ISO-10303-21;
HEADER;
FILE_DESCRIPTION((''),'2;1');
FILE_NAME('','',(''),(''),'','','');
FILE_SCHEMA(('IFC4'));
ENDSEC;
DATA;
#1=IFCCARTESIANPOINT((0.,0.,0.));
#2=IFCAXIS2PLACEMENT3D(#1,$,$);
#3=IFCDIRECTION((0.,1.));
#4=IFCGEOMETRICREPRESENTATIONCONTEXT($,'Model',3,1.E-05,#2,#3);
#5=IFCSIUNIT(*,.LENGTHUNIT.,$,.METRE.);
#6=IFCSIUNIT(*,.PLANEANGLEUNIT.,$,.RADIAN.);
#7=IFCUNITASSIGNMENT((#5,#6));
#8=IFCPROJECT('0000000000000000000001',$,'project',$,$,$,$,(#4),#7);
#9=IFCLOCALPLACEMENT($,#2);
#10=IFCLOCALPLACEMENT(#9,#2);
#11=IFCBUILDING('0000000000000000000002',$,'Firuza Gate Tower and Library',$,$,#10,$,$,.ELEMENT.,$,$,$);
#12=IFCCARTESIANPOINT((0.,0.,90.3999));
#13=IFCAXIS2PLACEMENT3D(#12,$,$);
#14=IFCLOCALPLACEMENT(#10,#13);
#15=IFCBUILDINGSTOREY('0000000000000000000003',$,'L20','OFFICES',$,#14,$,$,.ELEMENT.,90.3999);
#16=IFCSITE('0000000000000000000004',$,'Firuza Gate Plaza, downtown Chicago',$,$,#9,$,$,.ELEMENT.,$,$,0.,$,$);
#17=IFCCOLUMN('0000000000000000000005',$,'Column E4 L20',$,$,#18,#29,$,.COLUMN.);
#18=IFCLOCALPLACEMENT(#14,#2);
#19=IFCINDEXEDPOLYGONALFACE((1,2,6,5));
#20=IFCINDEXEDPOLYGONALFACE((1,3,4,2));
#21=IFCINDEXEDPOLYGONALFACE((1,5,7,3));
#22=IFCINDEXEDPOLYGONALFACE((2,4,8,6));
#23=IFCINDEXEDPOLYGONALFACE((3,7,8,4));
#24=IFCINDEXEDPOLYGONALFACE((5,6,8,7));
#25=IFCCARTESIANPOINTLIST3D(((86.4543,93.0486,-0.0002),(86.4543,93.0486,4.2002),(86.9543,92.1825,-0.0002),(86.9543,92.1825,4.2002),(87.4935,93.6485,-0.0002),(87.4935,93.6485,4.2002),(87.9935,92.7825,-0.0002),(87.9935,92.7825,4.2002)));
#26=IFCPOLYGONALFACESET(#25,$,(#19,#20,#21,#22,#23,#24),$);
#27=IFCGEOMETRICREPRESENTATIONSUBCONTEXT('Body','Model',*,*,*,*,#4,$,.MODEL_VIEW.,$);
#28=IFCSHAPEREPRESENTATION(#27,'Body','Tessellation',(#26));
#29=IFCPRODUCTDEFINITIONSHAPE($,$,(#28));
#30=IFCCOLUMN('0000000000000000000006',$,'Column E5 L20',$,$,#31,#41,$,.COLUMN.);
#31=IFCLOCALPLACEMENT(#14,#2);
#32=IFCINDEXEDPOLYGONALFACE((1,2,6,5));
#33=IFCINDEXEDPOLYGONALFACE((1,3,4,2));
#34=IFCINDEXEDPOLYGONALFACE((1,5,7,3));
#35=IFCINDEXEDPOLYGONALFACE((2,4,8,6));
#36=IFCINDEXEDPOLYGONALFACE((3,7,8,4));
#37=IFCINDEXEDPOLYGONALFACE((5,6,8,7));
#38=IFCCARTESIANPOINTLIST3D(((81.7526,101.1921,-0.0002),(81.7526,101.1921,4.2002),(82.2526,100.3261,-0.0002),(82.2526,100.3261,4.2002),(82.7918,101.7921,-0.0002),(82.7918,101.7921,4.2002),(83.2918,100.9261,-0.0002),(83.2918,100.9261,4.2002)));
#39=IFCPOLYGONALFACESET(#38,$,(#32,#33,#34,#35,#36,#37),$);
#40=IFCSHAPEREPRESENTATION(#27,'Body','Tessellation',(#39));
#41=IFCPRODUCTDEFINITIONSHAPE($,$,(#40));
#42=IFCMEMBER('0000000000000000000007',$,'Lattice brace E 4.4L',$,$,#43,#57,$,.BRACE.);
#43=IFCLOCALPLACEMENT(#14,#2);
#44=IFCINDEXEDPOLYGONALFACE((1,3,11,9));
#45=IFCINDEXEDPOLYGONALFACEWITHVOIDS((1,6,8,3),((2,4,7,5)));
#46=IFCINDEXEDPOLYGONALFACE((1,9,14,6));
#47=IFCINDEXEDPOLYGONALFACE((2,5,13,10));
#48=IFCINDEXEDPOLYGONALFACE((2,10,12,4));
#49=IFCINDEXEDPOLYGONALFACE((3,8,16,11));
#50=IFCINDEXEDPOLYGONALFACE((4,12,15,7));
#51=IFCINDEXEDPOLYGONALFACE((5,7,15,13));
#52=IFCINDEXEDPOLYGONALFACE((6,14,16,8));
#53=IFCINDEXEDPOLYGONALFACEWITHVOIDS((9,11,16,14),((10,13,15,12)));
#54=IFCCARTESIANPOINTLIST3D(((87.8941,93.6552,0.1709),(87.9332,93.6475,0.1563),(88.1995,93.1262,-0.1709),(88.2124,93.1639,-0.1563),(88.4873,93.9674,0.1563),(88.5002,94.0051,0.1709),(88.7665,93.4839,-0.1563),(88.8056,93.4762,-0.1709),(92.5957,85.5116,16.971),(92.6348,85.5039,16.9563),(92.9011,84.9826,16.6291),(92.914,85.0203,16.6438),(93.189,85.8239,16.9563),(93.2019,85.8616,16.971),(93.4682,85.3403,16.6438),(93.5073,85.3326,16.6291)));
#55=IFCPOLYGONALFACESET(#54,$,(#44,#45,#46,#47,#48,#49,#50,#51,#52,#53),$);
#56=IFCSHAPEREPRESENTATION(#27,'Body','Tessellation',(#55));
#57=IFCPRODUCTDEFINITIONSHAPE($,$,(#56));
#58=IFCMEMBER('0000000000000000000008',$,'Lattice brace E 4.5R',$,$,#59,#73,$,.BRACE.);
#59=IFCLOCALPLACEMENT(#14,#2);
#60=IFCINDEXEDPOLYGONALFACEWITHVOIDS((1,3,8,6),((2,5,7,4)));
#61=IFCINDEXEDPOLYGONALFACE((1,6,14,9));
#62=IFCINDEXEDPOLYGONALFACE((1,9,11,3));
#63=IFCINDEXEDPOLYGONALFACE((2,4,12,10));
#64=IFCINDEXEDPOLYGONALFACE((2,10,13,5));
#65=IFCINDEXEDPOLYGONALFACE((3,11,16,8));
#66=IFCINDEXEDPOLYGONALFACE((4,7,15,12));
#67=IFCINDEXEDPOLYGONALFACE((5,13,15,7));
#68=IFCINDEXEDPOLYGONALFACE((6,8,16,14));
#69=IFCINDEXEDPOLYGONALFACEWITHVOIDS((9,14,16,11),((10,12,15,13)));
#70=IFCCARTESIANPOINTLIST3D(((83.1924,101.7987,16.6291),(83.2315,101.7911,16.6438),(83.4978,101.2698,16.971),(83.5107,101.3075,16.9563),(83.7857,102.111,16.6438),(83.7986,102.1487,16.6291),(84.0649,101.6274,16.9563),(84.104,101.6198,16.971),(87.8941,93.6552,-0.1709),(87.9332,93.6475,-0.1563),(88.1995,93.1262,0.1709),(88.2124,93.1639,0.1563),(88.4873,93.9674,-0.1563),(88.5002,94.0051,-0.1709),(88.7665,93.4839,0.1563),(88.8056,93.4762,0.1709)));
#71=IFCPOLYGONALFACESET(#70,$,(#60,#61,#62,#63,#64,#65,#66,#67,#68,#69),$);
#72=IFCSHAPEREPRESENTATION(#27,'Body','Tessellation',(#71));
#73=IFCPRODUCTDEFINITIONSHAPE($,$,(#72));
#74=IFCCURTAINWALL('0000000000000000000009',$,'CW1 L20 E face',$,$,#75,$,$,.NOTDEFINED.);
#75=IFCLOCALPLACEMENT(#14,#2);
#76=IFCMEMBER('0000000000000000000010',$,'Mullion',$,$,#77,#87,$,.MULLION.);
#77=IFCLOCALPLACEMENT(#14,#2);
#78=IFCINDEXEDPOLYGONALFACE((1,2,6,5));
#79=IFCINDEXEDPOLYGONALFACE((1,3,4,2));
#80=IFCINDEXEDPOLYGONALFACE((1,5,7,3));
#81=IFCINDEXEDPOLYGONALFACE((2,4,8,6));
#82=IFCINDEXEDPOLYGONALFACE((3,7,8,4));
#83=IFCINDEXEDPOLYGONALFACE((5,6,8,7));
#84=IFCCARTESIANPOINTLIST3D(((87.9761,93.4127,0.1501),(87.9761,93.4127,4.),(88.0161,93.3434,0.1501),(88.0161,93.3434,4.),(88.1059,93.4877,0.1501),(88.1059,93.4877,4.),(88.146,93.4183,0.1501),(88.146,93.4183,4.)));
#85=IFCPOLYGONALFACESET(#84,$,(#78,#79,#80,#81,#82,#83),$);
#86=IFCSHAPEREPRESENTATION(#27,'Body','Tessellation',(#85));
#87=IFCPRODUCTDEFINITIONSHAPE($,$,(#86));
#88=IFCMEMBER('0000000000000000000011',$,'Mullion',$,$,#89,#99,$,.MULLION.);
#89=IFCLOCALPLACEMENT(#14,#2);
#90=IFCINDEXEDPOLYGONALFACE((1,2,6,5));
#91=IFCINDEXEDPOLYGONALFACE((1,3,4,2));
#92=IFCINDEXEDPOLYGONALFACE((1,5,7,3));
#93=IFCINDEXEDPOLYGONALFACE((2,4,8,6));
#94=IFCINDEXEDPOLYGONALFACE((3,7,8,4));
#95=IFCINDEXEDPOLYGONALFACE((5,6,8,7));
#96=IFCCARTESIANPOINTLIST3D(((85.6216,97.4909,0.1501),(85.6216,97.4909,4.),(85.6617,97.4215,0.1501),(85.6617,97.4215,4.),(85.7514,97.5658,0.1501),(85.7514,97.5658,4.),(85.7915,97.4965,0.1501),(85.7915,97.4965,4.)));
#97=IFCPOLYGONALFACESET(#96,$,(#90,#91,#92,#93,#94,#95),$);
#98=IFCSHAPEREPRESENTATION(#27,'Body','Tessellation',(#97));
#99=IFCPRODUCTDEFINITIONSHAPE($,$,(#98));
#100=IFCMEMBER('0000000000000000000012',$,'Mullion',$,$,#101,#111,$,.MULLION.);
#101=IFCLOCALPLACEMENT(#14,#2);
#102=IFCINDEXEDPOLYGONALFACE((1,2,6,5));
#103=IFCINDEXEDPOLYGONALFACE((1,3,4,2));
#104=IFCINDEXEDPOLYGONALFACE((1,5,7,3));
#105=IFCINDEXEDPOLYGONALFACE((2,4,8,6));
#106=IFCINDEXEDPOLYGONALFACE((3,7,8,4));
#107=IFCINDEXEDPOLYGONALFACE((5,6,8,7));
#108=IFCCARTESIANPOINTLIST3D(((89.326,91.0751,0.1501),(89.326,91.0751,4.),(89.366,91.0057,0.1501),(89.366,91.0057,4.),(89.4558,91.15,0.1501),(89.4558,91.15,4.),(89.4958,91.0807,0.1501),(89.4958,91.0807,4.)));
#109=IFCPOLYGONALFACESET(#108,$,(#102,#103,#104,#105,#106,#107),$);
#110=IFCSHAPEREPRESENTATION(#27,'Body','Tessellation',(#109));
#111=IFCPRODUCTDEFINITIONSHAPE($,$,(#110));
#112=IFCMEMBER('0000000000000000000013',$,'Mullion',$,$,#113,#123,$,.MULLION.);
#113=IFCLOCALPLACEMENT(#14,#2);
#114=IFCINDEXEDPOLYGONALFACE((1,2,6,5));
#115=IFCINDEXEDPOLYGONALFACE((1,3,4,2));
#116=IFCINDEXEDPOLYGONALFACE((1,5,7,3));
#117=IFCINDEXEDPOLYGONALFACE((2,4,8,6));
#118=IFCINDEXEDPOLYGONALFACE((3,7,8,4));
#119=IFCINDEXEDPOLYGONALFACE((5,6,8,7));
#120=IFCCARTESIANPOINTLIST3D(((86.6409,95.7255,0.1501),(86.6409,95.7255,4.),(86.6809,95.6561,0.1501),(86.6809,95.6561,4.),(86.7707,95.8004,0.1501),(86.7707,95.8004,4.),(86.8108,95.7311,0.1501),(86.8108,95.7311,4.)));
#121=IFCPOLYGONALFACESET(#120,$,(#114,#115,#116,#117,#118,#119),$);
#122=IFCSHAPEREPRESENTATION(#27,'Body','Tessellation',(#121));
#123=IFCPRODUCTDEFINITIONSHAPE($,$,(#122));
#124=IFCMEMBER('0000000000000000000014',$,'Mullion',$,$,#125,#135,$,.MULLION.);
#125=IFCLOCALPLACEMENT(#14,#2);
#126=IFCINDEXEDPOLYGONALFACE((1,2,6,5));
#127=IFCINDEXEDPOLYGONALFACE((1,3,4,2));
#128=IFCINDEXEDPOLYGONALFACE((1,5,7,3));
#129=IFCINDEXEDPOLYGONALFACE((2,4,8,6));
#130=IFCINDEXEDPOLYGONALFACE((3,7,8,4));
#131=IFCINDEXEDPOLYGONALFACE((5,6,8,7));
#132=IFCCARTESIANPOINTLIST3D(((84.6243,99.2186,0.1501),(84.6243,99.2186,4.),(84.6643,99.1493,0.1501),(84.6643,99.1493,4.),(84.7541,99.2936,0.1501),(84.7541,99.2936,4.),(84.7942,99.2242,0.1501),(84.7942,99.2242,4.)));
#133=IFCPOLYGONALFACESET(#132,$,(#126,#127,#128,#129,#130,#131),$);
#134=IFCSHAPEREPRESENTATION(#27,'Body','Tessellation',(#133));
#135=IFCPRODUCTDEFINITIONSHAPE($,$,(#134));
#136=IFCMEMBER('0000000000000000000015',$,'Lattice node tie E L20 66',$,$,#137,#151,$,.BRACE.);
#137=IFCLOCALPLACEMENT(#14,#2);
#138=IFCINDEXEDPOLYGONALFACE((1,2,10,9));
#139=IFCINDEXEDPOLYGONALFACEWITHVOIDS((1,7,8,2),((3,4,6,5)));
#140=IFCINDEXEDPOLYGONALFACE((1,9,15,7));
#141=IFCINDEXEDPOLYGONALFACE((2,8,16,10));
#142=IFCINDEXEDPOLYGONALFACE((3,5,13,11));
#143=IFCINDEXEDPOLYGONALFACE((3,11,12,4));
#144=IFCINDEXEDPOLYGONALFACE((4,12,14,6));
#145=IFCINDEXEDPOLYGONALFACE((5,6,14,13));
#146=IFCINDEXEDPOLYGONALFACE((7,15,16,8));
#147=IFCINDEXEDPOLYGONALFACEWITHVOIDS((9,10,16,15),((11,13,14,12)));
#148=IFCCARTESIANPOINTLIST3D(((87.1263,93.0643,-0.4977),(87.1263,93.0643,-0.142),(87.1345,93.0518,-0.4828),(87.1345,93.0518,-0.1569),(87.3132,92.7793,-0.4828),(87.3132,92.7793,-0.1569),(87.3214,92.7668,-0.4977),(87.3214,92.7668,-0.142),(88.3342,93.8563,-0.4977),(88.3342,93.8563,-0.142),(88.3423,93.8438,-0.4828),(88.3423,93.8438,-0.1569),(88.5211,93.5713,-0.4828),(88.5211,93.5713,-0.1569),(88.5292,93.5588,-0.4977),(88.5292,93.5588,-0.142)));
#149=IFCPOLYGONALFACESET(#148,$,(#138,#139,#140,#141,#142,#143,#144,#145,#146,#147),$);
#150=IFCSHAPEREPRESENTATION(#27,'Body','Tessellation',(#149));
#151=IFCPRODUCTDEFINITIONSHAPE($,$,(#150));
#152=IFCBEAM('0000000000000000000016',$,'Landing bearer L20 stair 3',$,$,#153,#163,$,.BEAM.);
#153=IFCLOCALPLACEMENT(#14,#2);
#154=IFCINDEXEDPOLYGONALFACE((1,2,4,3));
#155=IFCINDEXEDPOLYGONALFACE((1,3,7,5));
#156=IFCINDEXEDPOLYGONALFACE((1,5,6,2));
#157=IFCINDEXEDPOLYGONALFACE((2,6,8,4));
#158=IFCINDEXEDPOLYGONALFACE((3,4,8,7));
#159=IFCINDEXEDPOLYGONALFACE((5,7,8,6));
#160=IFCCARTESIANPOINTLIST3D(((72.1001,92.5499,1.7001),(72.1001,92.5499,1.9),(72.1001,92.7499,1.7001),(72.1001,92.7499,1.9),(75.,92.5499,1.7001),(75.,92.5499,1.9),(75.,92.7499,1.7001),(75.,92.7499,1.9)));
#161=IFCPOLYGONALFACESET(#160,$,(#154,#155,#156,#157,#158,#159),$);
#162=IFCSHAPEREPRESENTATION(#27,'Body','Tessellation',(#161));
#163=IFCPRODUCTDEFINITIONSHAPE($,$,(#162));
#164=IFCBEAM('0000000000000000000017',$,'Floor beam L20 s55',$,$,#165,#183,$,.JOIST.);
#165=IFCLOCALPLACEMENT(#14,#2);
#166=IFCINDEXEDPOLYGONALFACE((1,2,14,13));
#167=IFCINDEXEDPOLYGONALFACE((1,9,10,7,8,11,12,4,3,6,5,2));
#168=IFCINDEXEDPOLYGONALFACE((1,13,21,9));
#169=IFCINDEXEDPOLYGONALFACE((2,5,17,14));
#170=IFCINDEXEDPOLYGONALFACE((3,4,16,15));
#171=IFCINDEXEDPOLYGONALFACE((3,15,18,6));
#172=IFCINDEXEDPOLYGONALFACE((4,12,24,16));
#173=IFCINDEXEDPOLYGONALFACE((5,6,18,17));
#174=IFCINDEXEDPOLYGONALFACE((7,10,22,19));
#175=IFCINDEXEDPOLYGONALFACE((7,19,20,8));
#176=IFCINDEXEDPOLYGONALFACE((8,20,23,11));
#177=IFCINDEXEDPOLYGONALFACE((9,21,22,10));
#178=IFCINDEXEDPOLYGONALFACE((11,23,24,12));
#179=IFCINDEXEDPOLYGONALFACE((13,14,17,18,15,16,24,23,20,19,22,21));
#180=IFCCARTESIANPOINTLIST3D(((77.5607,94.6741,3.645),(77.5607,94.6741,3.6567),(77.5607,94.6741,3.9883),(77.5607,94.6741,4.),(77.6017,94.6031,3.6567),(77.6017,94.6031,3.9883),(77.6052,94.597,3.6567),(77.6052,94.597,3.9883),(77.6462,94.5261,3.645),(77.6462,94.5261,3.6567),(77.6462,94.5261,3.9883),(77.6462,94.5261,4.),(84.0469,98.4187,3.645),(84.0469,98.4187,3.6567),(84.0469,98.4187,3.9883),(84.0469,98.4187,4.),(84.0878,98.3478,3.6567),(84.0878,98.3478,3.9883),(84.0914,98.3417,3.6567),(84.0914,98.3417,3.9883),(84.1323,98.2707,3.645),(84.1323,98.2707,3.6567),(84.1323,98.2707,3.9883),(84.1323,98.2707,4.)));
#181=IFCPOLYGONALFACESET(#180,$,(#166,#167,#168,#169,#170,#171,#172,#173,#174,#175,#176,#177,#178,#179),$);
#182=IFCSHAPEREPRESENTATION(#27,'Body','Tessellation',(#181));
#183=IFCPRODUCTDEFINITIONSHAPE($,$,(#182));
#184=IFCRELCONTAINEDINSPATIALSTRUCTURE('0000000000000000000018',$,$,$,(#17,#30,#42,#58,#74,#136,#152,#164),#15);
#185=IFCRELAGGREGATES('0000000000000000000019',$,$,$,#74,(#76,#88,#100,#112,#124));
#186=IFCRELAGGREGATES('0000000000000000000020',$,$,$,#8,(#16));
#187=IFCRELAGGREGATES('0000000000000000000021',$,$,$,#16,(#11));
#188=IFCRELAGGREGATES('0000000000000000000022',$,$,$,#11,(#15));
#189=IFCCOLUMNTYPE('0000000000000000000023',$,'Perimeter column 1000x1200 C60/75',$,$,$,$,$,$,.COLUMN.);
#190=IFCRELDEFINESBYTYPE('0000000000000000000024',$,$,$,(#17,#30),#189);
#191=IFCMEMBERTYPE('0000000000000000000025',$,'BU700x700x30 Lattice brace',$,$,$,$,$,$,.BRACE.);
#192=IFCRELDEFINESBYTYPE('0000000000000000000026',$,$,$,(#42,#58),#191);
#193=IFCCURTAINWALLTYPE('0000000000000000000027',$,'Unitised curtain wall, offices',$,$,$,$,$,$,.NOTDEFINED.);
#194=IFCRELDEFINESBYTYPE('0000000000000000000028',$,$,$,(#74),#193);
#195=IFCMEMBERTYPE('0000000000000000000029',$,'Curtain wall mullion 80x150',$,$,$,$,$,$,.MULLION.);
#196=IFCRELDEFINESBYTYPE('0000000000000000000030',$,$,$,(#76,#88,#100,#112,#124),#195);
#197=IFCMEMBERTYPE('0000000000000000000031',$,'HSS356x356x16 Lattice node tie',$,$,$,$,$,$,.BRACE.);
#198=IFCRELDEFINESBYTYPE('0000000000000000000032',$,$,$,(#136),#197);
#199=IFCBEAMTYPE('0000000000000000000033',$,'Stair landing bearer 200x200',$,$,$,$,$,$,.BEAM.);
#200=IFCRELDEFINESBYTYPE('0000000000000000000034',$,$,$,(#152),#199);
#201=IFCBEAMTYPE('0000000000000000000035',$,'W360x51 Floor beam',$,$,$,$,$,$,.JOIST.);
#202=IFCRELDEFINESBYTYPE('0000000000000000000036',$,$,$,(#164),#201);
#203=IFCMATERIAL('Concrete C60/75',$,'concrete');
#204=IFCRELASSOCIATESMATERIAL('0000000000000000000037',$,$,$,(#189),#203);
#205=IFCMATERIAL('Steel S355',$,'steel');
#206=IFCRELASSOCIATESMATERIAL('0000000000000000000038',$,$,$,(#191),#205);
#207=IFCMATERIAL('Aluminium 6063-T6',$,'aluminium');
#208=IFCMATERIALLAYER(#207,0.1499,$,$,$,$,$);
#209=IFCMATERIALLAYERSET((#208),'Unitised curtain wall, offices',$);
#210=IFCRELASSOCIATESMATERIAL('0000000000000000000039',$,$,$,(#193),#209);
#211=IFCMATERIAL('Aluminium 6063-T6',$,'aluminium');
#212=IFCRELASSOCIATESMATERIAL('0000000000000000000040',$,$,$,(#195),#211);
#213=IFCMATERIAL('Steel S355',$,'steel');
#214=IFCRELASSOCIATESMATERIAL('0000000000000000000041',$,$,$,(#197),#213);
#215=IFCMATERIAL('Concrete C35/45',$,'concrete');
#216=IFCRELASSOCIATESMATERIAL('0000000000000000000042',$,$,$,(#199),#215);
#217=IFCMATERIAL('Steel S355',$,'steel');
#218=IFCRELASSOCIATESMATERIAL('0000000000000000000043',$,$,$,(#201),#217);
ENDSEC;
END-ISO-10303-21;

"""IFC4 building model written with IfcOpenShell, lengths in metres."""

from ifc_helpers import new_model, si_unit, direction, frame, origin, origin_2d, place, context, subcontext, project, spatial, rectangle, hollow_rectangle, i_section, extrude, material, layer, layer_set, material_profile, profile_set, type_object, element, aggregate, save


model = new_model("IFC4")

# Units and contexts
model_context = context("Model", 3, precision=1e-05, world=origin(), true_north=direction((0.0, 1.0)))
body_context = subcontext(model_context, "Body", "Model", "MODEL_VIEW")
ifc_project = project(units=[si_unit("LENGTHUNIT", "METRE"), si_unit("PLANEANGLEUNIT", "RADIAN")], contexts=[model_context])

# Site, building, storey
site_placement = place(None, origin())
site = spatial("IfcSite", under=ifc_project, at=site_placement, Name="Firuza Gate Plaza, downtown Chicago", CompositionType="ELEMENT", RefElevation=0.0)
building_placement = place(site_placement, origin())
building = spatial("IfcBuilding", under=site, at=building_placement, Name="Firuza Gate Tower and Library", CompositionType="ELEMENT")
storey_placement = place(building_placement, frame((0.0, 0.0, 90.3999)))
storey = spatial("IfcBuildingStorey", under=building, at=storey_placement, Name="L20", Description="OFFICES", CompositionType="ELEMENT", Elevation=90.3999)

# Columns
ifc_material_1 = material(Name="Concrete C60/75", Category="concrete")
ifc_material_profile_1 = material_profile(ifc_material_1, rectangle(XDim=1.0, YDim=1.2, at=origin_2d()))
ifc_profile_set_1 = profile_set([ifc_material_profile_1], Name="Concrete C60/75")
column_type = type_object("IfcColumnType", Name="Perimeter column 1000x1200 C60/75", PredefinedType="COLUMN", material=ifc_profile_set_1)
for number, where, z_axis, x_axis, name in (
    (1, (87.2239, 92.9155, -0.0002), (0.0, 0.0, 1.0), (-0.5, 0.866025, 0.0), "Column E4 L20"),
    (2, (82.5222, 101.0591, -0.0002), (0.0, 0.0, 1.0), (-0.5, 0.866025, 0.0), "Column E5 L20"),
):
    element("IfcColumn", number, at=place(storey_placement, frame(where, z_axis=z_axis, x_axis=x_axis)), inside=storey, type_object=column_type, Name=name, PredefinedType="COLUMN", context=body_context, shape_type="SweptSolid", body=[
        extrude(rectangle(XDim=1.0, YDim=1.2, at=origin_2d()), origin(), (0.0, 0.0, 1.0), 4.2004),
    ])

# Members
ifc_material_2 = material(Name="Steel S355", Category="steel")
ifc_material_profile_2 = material_profile(ifc_material_2, hollow_rectangle(XDim=0.7, YDim=0.7, WallThickness=0.03, at=origin_2d()))
ifc_profile_set_2 = profile_set([ifc_material_profile_2], Name="Steel S355")
member_type_1 = type_object("IfcMemberType", Name="BU700x700x30 Lattice brace", PredefinedType="BRACE", material=ifc_profile_set_2)
for number, where, z_axis, x_axis, name in (
    (3, (88.3499, 93.5657, 0.0), (0.244208, -0.422983, 0.872609), (0.866026, 0.499998, 0.0), "Lattice brace E 4.4L"),
    (4, (88.3499, 93.5657, 0.0), (-0.244208, 0.422983, 0.872609), (-0.866026, -0.499998, 0.0), "Lattice brace E 4.5R"),
):
    element("IfcMember", number, at=place(storey_placement, frame(where, z_axis=z_axis, x_axis=x_axis)), inside=storey, type_object=member_type_1, Name=name, PredefinedType="BRACE", context=body_context, shape_type="SweptSolid", body=[
        extrude(hollow_rectangle(XDim=0.7, YDim=0.7, WallThickness=0.03, at=origin_2d()), origin(), (0.0, 0.0, 1.0), 19.2527),
    ])

# Curtain wall, members
ifc_material_3 = material(Name="Aluminium 6063-T6", Category="aluminium")
ifc_layer_1 = layer(ifc_material_3, 0.1499)
ifc_layer_set_1 = layer_set([ifc_layer_1], Name="Unitised curtain wall, offices")
curtain_wall_type = type_object("IfcCurtainWallType", Name="Unitised curtain wall, offices", PredefinedType="NOTDEFINED", material=ifc_layer_set_1)
placement = place(storey_placement, origin())
curtain_wall = element("IfcCurtainWall", 5, at=placement, inside=storey, type_object=curtain_wall_type, Name="CW1 L20 E face", PredefinedType="NOTDEFINED")
ifc_material_4 = material(Name="Aluminium 6063-T6", Category="aluminium")
ifc_material_profile_3 = material_profile(ifc_material_4, rectangle(XDim=0.1499, YDim=0.0801, at=origin_2d()))
ifc_profile_set_3 = profile_set([ifc_material_profile_3], Name="Aluminium 6063-T6")
member_type_2 = type_object("IfcMemberType", Name="Curtain wall mullion 80x150", PredefinedType="MULLION", material=ifc_profile_set_3)
member_1_placement = place(storey_placement, frame((88.061, 93.4155, 0.1501), z_axis=(0.0, 0.0, 1.0), x_axis=(-0.866025, -0.5, 0.0)))
member_1 = element("IfcMember", 6, at=member_1_placement, type_object=member_type_2, Name="Mullion", PredefinedType="MULLION", context=body_context, shape_type="SweptSolid", body=[
    extrude(rectangle(XDim=0.1499, YDim=0.0801, at=origin_2d()), origin(), (0.0, 0.0, 1.0), 3.8499),
])
member_2_placement = place(storey_placement, frame((85.7065, 97.4937, 0.1501), z_axis=(0.0, 0.0, 1.0), x_axis=(-0.866025, -0.5, 0.0)))
member_2 = element("IfcMember", 7, at=member_2_placement, type_object=member_type_2, Name="Mullion", PredefinedType="MULLION", context=body_context, shape_type="SweptSolid", body=[
    extrude(rectangle(XDim=0.1499, YDim=0.0801, at=origin_2d()), origin(), (0.0, 0.0, 1.0), 3.8499),
])
member_3_placement = place(storey_placement, frame((89.4109, 91.0779, 0.1501), z_axis=(0.0, 0.0, 1.0), x_axis=(-0.866025, -0.5, 0.0)))
member_3 = element("IfcMember", 8, at=member_3_placement, type_object=member_type_2, Name="Mullion", PredefinedType="MULLION", context=body_context, shape_type="SweptSolid", body=[
    extrude(rectangle(XDim=0.1499, YDim=0.0801, at=origin_2d()), origin(), (0.0, 0.0, 1.0), 3.8499),
])
member_4_placement = place(storey_placement, frame((86.7258, 95.7283, 0.1501), z_axis=(0.0, 0.0, 1.0), x_axis=(-0.866025, -0.5, 0.0)))
member_4 = element("IfcMember", 9, at=member_4_placement, type_object=member_type_2, Name="Mullion", PredefinedType="MULLION", context=body_context, shape_type="SweptSolid", body=[
    extrude(rectangle(XDim=0.1499, YDim=0.0801, at=origin_2d()), origin(), (0.0, 0.0, 1.0), 3.8499),
])
member_5_placement = place(storey_placement, frame((84.7092, 99.2214, 0.1501), z_axis=(0.0, 0.0, 1.0), x_axis=(-0.866025, -0.5, 0.0)))
member_5 = element("IfcMember", 10, at=member_5_placement, type_object=member_type_2, Name="Mullion", PredefinedType="MULLION", context=body_context, shape_type="SweptSolid", body=[
    extrude(rectangle(XDim=0.1499, YDim=0.0801, at=origin_2d()), origin(), (0.0, 0.0, 1.0), 3.8499),
])

# Member
ifc_material_5 = material(Name="Steel S355", Category="steel")
ifc_material_profile_4 = material_profile(ifc_material_5, hollow_rectangle(XDim=0.3557, YDim=0.3557, WallThickness=0.0149, at=origin_2d()))
ifc_profile_set_4 = profile_set([ifc_material_profile_4], Name="Steel S355")
member_type_3 = type_object("IfcMemberType", Name="HSS356x356x16 Lattice node tie", PredefinedType="BRACE", material=ifc_profile_set_4)
member_6_placement = place(storey_placement, frame((87.2239, 92.9155, -0.3198), z_axis=(0.836239, 0.548365, 0.0), x_axis=(-0.548365, 0.836239, 0.0)))
element("IfcMember", 11, at=member_6_placement, inside=storey, type_object=member_type_3, Name="Lattice node tie E L20 66", PredefinedType="BRACE", context=body_context, shape_type="SweptSolid", body=[
    extrude(hollow_rectangle(XDim=0.3557, YDim=0.3557, WallThickness=0.0149, at=origin_2d()), origin(), (0.0, 0.0, 1.0), 1.4443),
])

# Beams
ifc_material_6 = material(Name="Concrete C35/45", Category="concrete")
ifc_material_profile_5 = material_profile(ifc_material_6, rectangle(XDim=0.2, YDim=0.2, at=origin_2d()))
ifc_profile_set_5 = profile_set([ifc_material_profile_5], Name="Concrete C35/45")
beam_type_1 = type_object("IfcBeamType", Name="Stair landing bearer 200x200", PredefinedType="BEAM", material=ifc_profile_set_5)
beam_1_placement = place(storey_placement, frame((75.0, 92.6499, 1.8), z_axis=(-1.0, 0.0, 0.0), x_axis=(0.0, -1.0, 0.0)))
element("IfcBeam", 12, at=beam_1_placement, inside=storey, type_object=beam_type_1, Name="Landing bearer L20 stair 3", PredefinedType="BEAM", context=body_context, shape_type="SweptSolid", body=[
    extrude(rectangle(XDim=0.2, YDim=0.2, at=origin_2d()), origin(), (0.0, 0.0, 1.0), 2.8999),
])
ifc_material_7 = material(Name="Steel S355", Category="steel")
ifc_material_profile_6 = material_profile(ifc_material_7, i_section(OverallWidth=0.1709, OverallDepth=0.355, WebThickness=0.0071, FlangeThickness=0.0117, at=origin_2d()))
ifc_profile_set_6 = profile_set([ifc_material_profile_6], Name="Steel S355")
beam_type_2 = type_object("IfcBeamType", Name="W360x51 Floor beam", PredefinedType="JOIST", material=ifc_profile_set_6)
beam_2_placement = place(storey_placement, frame((84.0896, 98.3447, 3.8225), z_axis=(-0.866032, -0.499989, 0.0), x_axis=(0.499989, -0.866032, 0.0)))
element("IfcBeam", 13, at=beam_2_placement, inside=storey, type_object=beam_type_2, Name="Floor beam L20 s55", PredefinedType="JOIST", context=body_context, shape_type="SweptSolid", body=[
    extrude(i_section(OverallWidth=0.1709, OverallDepth=0.355, WebThickness=0.0071, FlangeThickness=0.0117, at=origin_2d()), origin(), (0.0, 0.0, 1.0), 7.4895),
])

aggregate(curtain_wall, [member_1, member_2, member_3, member_4, member_5])

save(model, "model.ifc")
